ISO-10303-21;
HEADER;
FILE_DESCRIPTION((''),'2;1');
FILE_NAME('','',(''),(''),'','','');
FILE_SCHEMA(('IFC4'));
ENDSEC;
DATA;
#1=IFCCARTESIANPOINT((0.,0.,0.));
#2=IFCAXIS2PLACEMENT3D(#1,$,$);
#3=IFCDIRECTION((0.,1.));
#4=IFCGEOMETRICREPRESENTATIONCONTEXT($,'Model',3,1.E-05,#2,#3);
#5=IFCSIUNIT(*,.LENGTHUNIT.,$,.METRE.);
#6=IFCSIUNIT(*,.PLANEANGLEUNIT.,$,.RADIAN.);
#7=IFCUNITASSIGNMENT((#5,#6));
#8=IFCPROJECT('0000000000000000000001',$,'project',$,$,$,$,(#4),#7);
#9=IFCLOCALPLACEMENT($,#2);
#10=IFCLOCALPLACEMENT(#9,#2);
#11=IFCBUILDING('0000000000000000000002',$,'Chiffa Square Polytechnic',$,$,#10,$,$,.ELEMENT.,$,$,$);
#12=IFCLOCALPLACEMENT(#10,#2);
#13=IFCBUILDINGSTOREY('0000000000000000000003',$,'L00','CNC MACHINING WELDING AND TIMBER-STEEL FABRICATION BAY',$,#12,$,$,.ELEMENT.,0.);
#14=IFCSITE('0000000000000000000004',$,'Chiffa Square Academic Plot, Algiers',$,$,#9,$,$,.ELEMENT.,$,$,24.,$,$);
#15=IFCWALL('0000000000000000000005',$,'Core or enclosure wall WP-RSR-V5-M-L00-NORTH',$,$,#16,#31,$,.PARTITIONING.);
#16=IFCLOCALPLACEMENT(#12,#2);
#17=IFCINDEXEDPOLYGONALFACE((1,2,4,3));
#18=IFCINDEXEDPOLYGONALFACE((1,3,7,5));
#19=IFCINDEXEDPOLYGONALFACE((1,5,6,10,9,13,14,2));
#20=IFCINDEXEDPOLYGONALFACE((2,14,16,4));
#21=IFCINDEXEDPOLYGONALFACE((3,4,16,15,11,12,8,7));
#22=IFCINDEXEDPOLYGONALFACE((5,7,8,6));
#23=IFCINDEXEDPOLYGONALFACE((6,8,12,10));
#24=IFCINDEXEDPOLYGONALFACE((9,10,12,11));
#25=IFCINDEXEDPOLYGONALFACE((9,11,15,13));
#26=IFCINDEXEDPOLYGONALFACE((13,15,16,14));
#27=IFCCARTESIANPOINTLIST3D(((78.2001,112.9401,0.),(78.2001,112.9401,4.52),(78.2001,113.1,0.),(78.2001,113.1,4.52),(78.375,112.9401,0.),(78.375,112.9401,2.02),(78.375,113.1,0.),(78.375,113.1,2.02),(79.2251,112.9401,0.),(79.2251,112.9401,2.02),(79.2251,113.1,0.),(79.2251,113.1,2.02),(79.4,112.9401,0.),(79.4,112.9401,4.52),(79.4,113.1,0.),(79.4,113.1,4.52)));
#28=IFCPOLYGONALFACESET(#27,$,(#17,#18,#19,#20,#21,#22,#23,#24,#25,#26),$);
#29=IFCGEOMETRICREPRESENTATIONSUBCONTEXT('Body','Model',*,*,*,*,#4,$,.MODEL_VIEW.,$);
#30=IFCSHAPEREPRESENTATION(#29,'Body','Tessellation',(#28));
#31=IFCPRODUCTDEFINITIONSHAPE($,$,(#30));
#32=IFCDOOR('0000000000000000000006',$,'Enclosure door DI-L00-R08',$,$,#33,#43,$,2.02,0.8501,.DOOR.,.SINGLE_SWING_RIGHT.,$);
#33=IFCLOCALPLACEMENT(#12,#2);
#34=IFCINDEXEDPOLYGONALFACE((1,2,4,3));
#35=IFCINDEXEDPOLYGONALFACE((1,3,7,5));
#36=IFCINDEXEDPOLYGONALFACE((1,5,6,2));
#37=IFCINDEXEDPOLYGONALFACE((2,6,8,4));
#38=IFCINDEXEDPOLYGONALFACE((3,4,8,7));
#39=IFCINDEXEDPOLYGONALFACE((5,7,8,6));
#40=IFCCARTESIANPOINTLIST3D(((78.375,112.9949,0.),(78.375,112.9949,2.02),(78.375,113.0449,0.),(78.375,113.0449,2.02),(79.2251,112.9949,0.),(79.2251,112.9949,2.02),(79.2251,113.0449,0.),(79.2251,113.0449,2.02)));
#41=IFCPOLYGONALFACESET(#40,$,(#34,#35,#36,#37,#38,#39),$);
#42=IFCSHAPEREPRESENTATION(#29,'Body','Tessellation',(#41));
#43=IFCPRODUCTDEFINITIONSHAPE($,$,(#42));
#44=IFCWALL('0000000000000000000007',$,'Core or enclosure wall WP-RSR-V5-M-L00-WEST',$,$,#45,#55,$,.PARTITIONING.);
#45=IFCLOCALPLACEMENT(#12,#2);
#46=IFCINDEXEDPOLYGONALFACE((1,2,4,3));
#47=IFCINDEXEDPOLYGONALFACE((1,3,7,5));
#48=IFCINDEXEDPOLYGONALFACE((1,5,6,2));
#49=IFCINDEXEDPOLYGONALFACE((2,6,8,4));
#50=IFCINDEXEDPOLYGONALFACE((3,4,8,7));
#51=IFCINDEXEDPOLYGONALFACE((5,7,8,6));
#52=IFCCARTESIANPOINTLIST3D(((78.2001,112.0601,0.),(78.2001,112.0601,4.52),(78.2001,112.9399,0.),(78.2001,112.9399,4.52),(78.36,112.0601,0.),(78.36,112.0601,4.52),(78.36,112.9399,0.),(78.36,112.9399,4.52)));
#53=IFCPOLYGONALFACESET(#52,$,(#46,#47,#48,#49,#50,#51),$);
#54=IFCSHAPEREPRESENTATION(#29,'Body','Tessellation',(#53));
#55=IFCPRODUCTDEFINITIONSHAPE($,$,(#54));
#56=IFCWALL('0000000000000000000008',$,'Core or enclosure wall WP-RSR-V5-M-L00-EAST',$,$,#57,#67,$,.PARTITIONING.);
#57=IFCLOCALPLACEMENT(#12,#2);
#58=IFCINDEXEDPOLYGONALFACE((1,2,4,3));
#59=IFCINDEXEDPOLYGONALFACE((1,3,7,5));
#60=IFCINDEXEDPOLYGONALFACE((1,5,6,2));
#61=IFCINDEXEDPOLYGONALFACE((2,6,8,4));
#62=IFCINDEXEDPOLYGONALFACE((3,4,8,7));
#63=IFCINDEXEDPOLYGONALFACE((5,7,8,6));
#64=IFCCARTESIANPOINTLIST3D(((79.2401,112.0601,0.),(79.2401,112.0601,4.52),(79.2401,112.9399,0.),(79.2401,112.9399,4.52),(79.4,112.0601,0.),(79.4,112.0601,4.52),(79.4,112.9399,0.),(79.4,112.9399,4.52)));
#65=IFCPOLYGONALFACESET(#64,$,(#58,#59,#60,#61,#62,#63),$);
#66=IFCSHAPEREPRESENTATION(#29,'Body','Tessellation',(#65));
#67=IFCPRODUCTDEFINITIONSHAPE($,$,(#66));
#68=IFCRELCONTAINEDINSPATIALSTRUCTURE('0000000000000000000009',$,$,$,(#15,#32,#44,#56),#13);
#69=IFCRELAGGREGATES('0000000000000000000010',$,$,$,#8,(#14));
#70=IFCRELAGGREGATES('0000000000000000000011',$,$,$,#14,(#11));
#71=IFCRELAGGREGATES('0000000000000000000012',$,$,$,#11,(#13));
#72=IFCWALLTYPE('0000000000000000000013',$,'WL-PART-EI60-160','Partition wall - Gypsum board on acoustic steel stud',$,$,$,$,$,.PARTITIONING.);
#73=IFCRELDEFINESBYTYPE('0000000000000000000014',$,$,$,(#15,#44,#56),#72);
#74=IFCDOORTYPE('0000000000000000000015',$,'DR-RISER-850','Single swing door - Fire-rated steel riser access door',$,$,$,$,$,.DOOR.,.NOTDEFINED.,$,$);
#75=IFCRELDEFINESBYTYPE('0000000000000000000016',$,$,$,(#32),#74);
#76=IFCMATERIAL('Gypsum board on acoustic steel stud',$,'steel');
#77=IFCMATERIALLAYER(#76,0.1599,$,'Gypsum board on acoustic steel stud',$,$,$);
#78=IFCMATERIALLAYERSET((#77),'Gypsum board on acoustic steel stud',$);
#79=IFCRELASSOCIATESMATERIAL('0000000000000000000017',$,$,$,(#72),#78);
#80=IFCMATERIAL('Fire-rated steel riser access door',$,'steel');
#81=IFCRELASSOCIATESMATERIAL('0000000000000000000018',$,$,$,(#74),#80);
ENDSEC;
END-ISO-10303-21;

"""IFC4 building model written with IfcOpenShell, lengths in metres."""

from ifc_helpers import new_model, si_unit, direction, frame, frame_2d, origin, place, context, subcontext, project, spatial, rectangle, extrude, material, layer, layer_set, type_object, element, fill, save


model = new_model("IFC4")

# Units and contexts
model_context = context("Model", 3, precision=1e-05, world=origin(), true_north=direction((0.0, 1.0)))
body_context = subcontext(model_context, "Body", "Model", "MODEL_VIEW")
ifc_project = project(units=[si_unit("LENGTHUNIT", "METRE"), si_unit("PLANEANGLEUNIT", "RADIAN")], contexts=[model_context])

# Site, building, storey
site_placement = place(None, origin())
site = spatial("IfcSite", under=ifc_project, at=site_placement, Name="Chiffa Square Academic Plot, Algiers", CompositionType="ELEMENT", RefElevation=24.0)
building_placement = place(site_placement, origin())
building = spatial("IfcBuilding", under=site, at=building_placement, Name="Chiffa Square Polytechnic", CompositionType="ELEMENT")
storey_placement = place(building_placement, origin())
storey = spatial("IfcBuildingStorey", under=building, at=storey_placement, Name="L00", Description="CNC MACHINING WELDING AND TIMBER-STEEL FABRICATION BAY", CompositionType="ELEMENT", Elevation=0.0)

# Shared definitions
ifc_material_1 = material(Name="Gypsum board on acoustic steel stud", Category="steel")
ifc_layer_1 = layer(ifc_material_1, 0.1599, Name="Gypsum board on acoustic steel stud")
ifc_layer_set_1 = layer_set([ifc_layer_1], Name="Gypsum board on acoustic steel stud")
wall_type_1 = type_object("IfcWallType", Name="WL-PART-EI60-160", Description="Partition wall - Gypsum board on acoustic steel stud", PredefinedType="PARTITIONING", material=ifc_layer_set_1)

# Wall, opening, door
wall_1_placement = place(storey_placement, frame((78.2, 113.02, 0.0), z_axis=(0.0, 0.0, 1.0), x_axis=(1.0, 0.0, 0.0)))
wall_1 = element("IfcWall", 1, at=wall_1_placement, inside=storey, type_object=wall_type_1, Name="Core or enclosure wall WP-RSR-V5-M-L00-NORTH", PredefinedType="PARTITIONING", context=body_context, shape_type="SweptSolid", body=[
    extrude(rectangle(XDim=1.2, YDim=0.1599, at=frame_2d((0.6001, 0.0))), origin(), (0.0, 0.0, 1.0), 4.52),
])
opening_1_placement = place(wall_1_placement, frame((0.175, 0.0, 0.0)))
opening_1 = element("IfcOpeningElement", 2, at=opening_1_placement, cuts=wall_1, PredefinedType="OPENING", context=body_context, shape_type="SweptSolid", body=[
    extrude(rectangle(XDim=0.8501, YDim=2.02, at=frame_2d((0.425, 1.01))), frame((0.0, 0.0898, 0.0), z_axis=(0.0, -1.0, 0.0), x_axis=(1.0, 0.0, 0.0)), (0.0, 0.0, 1.0), 0.1799),
])
ifc_material_2 = material(Name="Fire-rated steel riser access door", Category="steel")
door_type_1 = type_object("IfcDoorType", Name="DR-RISER-850", Description="Single swing door - Fire-rated steel riser access door", OperationType="NOTDEFINED", PredefinedType="DOOR", material=ifc_material_2)
door_1_placement = place(opening_1_placement, origin())
door_1 = element("IfcDoor", 3, at=door_1_placement, inside=storey, type_object=door_type_1, Name="Enclosure door DI-L00-R08", OperationType="SINGLE_SWING_RIGHT", OverallHeight=2.02, OverallWidth=0.8501, PredefinedType="DOOR", context=body_context, shape_type="SweptSolid", body=[
    extrude(rectangle(XDim=0.8501, YDim=2.02, at=frame_2d((0.425, 1.01))), frame((0.0, 0.0249, 0.0), z_axis=(0.0, -1.0, 0.0), x_axis=(1.0, 0.0, 0.0)), (0.0, 0.0, 1.0), 0.05),
])
fill(opening_1, door_1)

# Walls
for number, where, z_axis, x_axis, name in (
    (4, (78.28, 112.0601, 0.0), (0.0, 0.0, 1.0), (0.0, 1.0, 0.0), "Core or enclosure wall WP-RSR-V5-M-L00-WEST"),
    (5, (79.3201, 112.0601, 0.0), (0.0, 0.0, 1.0), (0.0, 1.0, 0.0), "Core or enclosure wall WP-RSR-V5-M-L00-EAST"),
):
    element("IfcWall", number, at=place(storey_placement, frame(where, z_axis=z_axis, x_axis=x_axis)), inside=storey, type_object=wall_type_1, Name=name, PredefinedType="PARTITIONING", context=body_context, shape_type="SweptSolid", body=[
        extrude(rectangle(XDim=0.8799, YDim=0.1599, at=frame_2d((0.4399, 0.0))), origin(), (0.0, 0.0, 1.0), 4.52),
    ])

save(model, "model.ifc")
